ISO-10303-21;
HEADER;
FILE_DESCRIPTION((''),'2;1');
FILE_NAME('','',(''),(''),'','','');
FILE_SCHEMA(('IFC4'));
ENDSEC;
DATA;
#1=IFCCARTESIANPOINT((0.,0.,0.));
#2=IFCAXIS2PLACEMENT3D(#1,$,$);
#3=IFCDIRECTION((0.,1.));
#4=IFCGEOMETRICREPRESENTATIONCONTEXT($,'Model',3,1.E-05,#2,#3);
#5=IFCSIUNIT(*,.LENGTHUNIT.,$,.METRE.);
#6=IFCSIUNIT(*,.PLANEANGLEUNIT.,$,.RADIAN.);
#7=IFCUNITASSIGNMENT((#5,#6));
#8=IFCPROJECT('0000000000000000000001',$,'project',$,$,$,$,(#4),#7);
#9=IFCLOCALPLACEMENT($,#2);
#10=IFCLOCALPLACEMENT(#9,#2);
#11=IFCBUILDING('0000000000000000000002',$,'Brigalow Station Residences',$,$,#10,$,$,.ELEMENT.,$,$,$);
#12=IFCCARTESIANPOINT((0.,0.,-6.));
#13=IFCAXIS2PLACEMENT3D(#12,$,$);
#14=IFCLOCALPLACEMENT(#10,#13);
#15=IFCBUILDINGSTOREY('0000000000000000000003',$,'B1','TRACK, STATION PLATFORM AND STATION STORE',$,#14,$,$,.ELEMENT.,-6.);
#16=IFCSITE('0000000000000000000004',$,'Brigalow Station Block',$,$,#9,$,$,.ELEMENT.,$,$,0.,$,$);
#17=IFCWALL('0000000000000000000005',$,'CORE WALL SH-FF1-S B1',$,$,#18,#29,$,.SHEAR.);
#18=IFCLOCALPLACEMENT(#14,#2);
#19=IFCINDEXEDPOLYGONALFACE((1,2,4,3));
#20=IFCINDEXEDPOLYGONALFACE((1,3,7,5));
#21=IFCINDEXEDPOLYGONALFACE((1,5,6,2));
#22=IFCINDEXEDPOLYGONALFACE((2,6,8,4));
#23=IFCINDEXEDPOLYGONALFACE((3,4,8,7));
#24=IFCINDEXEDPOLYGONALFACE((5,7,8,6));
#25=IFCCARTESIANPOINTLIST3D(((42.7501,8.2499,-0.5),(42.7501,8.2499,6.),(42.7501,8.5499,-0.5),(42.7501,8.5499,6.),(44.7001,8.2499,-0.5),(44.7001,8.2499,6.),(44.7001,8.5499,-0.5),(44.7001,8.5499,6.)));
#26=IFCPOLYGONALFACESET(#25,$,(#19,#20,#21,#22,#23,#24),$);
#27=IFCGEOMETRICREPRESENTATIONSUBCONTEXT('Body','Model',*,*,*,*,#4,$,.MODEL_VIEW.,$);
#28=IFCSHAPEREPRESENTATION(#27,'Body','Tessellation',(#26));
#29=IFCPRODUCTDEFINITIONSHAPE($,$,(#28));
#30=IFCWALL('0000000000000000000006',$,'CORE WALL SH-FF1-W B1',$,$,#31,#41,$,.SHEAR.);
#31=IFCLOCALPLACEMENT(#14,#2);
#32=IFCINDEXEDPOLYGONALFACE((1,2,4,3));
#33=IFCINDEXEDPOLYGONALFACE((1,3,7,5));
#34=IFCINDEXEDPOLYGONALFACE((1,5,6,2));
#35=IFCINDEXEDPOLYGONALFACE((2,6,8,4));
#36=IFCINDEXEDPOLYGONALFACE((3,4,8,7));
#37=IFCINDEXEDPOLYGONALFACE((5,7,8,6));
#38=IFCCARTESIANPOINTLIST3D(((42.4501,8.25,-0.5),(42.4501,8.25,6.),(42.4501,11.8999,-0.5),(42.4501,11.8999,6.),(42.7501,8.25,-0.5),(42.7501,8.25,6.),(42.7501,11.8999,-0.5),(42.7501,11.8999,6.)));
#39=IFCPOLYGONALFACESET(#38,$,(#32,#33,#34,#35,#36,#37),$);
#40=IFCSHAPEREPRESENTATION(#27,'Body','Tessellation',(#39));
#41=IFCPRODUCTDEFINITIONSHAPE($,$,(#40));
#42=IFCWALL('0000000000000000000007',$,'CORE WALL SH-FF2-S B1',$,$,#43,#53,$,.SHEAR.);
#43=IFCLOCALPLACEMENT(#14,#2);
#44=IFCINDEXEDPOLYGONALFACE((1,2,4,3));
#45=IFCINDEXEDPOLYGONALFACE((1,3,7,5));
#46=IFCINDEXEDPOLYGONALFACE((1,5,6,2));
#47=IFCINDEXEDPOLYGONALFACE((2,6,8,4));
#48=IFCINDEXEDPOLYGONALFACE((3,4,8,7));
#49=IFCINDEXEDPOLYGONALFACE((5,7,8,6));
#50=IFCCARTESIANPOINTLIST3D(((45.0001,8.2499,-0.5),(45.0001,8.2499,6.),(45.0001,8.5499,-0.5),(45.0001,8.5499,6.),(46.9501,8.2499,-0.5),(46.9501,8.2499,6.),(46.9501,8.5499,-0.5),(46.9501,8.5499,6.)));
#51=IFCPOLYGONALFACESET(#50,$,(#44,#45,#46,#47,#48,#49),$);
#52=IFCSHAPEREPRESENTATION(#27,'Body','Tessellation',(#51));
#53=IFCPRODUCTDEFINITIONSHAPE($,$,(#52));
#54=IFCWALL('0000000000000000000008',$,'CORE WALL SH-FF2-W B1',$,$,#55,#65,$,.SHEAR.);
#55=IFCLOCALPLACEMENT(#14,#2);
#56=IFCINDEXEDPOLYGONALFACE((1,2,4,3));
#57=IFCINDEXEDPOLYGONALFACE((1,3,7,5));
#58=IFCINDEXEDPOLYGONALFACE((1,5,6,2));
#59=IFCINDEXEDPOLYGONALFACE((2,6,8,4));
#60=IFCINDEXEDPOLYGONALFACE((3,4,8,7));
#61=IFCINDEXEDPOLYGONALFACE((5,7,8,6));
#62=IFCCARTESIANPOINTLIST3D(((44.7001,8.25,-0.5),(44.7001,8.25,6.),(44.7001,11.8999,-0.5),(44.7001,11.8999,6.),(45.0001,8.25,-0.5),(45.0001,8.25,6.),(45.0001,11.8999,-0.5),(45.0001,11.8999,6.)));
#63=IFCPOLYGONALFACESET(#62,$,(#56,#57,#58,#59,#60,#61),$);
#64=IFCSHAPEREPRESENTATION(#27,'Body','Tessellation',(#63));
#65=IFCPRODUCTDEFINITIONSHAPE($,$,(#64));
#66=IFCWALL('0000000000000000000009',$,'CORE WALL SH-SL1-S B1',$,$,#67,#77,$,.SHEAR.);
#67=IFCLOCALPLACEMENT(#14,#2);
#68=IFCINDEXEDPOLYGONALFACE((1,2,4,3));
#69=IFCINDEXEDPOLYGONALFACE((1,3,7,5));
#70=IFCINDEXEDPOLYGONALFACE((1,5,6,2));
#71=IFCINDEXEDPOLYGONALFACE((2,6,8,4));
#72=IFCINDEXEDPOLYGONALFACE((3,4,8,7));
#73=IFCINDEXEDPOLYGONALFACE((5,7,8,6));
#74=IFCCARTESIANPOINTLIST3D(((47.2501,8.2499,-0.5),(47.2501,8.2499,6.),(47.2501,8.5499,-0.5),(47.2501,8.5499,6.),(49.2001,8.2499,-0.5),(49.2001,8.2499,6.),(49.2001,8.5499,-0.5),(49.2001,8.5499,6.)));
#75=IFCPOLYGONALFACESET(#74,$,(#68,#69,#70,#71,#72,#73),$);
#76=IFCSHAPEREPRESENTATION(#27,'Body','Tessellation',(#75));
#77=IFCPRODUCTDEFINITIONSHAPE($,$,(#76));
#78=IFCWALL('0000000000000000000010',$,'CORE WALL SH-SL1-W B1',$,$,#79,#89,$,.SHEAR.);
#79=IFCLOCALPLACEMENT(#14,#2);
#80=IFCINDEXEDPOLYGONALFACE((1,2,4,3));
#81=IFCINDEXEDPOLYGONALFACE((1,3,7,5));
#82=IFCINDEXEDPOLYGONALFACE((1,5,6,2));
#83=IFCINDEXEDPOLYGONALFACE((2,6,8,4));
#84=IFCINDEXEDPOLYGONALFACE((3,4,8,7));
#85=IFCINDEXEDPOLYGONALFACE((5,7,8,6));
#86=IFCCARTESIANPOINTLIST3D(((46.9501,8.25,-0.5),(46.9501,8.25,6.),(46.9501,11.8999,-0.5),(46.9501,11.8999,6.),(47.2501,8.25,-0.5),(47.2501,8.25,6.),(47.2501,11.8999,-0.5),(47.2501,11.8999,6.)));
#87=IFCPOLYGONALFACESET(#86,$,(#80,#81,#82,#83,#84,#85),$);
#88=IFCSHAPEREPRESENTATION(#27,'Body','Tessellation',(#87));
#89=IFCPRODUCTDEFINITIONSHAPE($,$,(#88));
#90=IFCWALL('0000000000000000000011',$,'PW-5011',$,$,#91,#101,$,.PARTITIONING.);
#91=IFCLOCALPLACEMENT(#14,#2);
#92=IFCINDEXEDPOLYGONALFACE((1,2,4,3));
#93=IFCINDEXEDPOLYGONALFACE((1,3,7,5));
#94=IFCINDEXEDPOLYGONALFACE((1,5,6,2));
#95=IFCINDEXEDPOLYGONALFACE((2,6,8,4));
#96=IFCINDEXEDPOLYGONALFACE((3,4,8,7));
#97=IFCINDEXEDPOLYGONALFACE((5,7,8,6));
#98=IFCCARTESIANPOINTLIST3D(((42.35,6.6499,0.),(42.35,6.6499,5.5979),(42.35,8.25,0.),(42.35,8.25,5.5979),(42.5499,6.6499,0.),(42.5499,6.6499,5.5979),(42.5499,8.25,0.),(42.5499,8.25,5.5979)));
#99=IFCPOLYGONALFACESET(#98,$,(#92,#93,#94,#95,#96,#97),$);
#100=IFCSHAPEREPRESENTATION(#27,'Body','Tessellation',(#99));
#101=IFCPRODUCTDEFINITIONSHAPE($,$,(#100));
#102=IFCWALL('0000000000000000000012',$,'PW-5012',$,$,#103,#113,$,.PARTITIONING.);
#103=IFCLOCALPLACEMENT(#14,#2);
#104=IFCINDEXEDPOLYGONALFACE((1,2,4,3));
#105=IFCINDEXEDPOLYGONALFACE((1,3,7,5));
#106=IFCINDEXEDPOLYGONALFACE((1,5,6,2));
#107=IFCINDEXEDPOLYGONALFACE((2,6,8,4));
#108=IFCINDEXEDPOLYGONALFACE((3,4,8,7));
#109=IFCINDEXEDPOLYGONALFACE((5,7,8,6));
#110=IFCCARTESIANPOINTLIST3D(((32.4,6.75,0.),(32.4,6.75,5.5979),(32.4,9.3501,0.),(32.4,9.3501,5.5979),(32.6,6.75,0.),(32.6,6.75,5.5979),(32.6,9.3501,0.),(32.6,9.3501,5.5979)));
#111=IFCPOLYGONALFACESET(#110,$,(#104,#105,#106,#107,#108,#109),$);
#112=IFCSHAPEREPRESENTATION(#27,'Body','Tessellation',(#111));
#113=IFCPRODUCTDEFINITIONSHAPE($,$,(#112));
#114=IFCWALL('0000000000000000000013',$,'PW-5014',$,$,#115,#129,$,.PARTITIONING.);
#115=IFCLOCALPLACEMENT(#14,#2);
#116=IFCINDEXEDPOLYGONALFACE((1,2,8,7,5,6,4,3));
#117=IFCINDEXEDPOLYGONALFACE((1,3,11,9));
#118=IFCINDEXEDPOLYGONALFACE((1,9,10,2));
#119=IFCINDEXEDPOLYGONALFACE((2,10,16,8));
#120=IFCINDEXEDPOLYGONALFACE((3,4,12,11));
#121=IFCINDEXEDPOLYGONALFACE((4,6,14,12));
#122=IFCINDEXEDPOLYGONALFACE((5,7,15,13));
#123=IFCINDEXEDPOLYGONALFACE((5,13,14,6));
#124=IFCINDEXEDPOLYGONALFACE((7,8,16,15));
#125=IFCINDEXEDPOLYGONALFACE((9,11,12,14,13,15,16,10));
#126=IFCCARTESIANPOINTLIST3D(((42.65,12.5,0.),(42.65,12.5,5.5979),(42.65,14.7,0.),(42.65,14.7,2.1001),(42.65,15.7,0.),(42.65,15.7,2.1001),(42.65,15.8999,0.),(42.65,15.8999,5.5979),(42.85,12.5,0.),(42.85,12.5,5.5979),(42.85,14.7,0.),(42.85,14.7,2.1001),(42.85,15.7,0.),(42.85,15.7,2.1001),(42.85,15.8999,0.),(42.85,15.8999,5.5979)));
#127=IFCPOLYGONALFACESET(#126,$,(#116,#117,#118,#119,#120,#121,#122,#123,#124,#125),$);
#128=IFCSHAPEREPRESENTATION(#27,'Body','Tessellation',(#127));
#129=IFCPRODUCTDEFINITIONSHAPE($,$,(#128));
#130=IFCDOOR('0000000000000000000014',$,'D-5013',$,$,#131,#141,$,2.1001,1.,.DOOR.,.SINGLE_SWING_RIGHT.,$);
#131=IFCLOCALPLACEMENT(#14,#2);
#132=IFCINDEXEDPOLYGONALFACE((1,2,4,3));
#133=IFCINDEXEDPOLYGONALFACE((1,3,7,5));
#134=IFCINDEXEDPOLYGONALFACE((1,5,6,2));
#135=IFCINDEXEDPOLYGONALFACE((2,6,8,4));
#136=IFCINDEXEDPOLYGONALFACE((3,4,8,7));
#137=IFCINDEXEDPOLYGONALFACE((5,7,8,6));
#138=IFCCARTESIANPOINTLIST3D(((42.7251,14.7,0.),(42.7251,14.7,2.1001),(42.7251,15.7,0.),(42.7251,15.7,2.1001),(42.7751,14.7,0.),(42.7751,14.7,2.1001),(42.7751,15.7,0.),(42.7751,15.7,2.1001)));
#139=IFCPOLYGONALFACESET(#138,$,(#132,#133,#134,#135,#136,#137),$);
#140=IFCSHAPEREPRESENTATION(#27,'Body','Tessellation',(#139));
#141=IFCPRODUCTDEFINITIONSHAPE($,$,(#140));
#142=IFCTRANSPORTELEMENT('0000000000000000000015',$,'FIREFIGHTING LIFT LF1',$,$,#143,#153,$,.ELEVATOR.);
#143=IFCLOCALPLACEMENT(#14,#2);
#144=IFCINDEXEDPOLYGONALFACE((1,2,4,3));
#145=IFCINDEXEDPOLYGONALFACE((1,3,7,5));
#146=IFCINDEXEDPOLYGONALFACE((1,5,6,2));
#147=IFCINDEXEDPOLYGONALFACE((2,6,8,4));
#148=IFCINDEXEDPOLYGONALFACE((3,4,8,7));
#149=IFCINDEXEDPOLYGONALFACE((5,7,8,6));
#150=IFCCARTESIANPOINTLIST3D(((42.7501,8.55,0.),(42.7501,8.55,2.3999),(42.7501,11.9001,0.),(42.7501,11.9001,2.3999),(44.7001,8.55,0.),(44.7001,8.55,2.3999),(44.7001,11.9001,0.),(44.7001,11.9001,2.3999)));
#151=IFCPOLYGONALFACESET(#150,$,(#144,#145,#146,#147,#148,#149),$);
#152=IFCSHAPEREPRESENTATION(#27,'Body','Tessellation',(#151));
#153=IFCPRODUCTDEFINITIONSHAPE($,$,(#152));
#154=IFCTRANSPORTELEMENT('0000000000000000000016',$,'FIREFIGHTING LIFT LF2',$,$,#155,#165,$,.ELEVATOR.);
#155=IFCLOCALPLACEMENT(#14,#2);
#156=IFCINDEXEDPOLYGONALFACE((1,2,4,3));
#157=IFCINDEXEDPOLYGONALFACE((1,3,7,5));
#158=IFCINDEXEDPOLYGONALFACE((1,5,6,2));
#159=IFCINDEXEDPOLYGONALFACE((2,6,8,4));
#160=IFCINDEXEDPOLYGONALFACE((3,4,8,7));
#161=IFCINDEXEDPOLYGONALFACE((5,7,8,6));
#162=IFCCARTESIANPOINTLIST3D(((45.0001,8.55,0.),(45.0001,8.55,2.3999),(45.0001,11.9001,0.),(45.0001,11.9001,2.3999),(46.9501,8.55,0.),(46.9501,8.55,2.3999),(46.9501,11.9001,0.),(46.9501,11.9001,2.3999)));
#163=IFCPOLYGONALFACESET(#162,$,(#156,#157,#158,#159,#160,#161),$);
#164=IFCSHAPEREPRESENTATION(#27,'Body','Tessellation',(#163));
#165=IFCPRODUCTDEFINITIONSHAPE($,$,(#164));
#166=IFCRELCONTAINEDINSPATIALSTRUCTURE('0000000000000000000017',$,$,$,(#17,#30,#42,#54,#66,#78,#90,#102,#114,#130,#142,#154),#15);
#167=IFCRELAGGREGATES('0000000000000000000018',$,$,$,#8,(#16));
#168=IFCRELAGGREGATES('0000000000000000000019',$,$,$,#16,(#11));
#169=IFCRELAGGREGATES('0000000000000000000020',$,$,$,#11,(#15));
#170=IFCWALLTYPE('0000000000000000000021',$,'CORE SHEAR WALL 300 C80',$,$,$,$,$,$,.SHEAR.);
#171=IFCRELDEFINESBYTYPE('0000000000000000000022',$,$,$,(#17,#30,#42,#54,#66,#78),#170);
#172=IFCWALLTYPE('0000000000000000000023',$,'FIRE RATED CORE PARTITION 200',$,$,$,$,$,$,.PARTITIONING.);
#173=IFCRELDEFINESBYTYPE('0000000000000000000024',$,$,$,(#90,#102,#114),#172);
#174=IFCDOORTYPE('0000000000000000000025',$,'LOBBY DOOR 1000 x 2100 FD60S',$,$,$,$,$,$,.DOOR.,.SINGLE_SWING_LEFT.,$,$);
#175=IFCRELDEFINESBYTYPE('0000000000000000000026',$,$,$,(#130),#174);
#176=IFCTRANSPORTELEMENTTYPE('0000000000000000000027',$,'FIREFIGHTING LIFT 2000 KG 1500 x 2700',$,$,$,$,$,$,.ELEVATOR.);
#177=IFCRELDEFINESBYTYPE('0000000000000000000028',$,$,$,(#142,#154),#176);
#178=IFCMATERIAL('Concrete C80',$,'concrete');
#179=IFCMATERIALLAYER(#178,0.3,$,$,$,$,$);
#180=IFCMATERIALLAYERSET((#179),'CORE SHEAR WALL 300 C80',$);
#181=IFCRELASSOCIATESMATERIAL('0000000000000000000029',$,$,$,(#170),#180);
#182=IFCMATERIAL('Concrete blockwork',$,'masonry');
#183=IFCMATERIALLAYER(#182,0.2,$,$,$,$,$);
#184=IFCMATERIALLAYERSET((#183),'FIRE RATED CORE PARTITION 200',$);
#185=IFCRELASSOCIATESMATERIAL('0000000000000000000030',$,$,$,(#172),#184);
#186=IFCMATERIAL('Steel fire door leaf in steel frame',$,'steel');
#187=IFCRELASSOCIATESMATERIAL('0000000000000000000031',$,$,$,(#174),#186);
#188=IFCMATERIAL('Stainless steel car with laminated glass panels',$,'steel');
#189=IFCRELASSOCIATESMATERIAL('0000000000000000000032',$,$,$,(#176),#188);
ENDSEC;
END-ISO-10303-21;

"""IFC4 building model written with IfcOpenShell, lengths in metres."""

from ifc_helpers import new_model, si_unit, direction, frame, frame_2d, origin, origin_2d, place, context, subcontext, project, spatial, rectangle, extrude, material, layer, layer_set, type_object, element, fill, save


model = new_model("IFC4")

# Units and contexts
model_context = context("Model", 3, precision=1e-05, world=origin(), true_north=direction((0.0, 1.0)))
body_context = subcontext(model_context, "Body", "Model", "MODEL_VIEW")
ifc_project = project(units=[si_unit("LENGTHUNIT", "METRE"), si_unit("PLANEANGLEUNIT", "RADIAN")], contexts=[model_context])

# Site, building, storey
site_placement = place(None, origin())
site = spatial("IfcSite", under=ifc_project, at=site_placement, Name="Brigalow Station Block", CompositionType="ELEMENT", RefElevation=0.0)
building_placement = place(site_placement, origin())
building = spatial("IfcBuilding", under=site, at=building_placement, Name="Brigalow Station Residences", CompositionType="ELEMENT")
storey_placement = place(building_placement, frame((0.0, 0.0, -6.0)))
storey = spatial("IfcBuildingStorey", under=building, at=storey_placement, Name="B1", Description="TRACK, STATION PLATFORM AND STATION STORE", CompositionType="ELEMENT", Elevation=-6.0)

# Walls
ifc_material_1 = material(Name="Concrete C80", Category="concrete")
ifc_layer_1 = layer(ifc_material_1, 0.3)
ifc_layer_set_1 = layer_set([ifc_layer_1], Name="CORE SHEAR WALL 300 C80")
wall_type_1 = type_object("IfcWallType", Name="CORE SHEAR WALL 300 C80", PredefinedType="SHEAR", material=ifc_layer_set_1)
wall_1_placement = place(storey_placement, frame((42.75, 8.3999, -0.5), z_axis=(0.0, 0.0, 1.0), x_axis=(1.0, 0.0, 0.0)))
element("IfcWall", 1, at=wall_1_placement, inside=storey, type_object=wall_type_1, Name="CORE WALL SH-FF1-S B1", PredefinedType="SHEAR", context=body_context, shape_type="SweptSolid", body=[
    extrude(rectangle(XDim=1.95, YDim=0.3, at=frame_2d((0.9751, 0.0))), origin(), (0.0, 0.0, 1.0), 6.5),
])
wall_2_placement = place(storey_placement, frame((42.6001, 8.25, -0.5), z_axis=(0.0, 0.0, 1.0), x_axis=(0.0, 1.0, 0.0)))
element("IfcWall", 2, at=wall_2_placement, inside=storey, type_object=wall_type_1, Name="CORE WALL SH-FF1-W B1", PredefinedType="SHEAR", context=body_context, shape_type="SweptSolid", body=[
    extrude(rectangle(XDim=3.6499, YDim=0.3, at=frame_2d((1.825, 0.0))), origin(), (0.0, 0.0, 1.0), 6.5),
])
wall_3_placement = place(storey_placement, frame((45.0, 8.3999, -0.5), z_axis=(0.0, 0.0, 1.0), x_axis=(1.0, 0.0, 0.0)))
element("IfcWall", 3, at=wall_3_placement, inside=storey, type_object=wall_type_1, Name="CORE WALL SH-FF2-S B1", PredefinedType="SHEAR", context=body_context, shape_type="SweptSolid", body=[
    extrude(rectangle(XDim=1.95, YDim=0.3, at=frame_2d((0.9751, 0.0))), origin(), (0.0, 0.0, 1.0), 6.5),
])
wall_4_placement = place(storey_placement, frame((44.8501, 8.25, -0.5), z_axis=(0.0, 0.0, 1.0), x_axis=(0.0, 1.0, 0.0)))
element("IfcWall", 4, at=wall_4_placement, inside=storey, type_object=wall_type_1, Name="CORE WALL SH-FF2-W B1", PredefinedType="SHEAR", context=body_context, shape_type="SweptSolid", body=[
    extrude(rectangle(XDim=3.6499, YDim=0.3, at=frame_2d((1.825, 0.0))), origin(), (0.0, 0.0, 1.0), 6.5),
])
wall_5_placement = place(storey_placement, frame((47.25, 8.3999, -0.5), z_axis=(0.0, 0.0, 1.0), x_axis=(1.0, 0.0, 0.0)))
element("IfcWall", 5, at=wall_5_placement, inside=storey, type_object=wall_type_1, Name="CORE WALL SH-SL1-S B1", PredefinedType="SHEAR", context=body_context, shape_type="SweptSolid", body=[
    extrude(rectangle(XDim=1.95, YDim=0.3, at=frame_2d((0.9751, 0.0))), origin(), (0.0, 0.0, 1.0), 6.5),
])
wall_6_placement = place(storey_placement, frame((47.1001, 8.25, -0.5), z_axis=(0.0, 0.0, 1.0), x_axis=(0.0, 1.0, 0.0)))
element("IfcWall", 6, at=wall_6_placement, inside=storey, type_object=wall_type_1, Name="CORE WALL SH-SL1-W B1", PredefinedType="SHEAR", context=body_context, shape_type="SweptSolid", body=[
    extrude(rectangle(XDim=3.6499, YDim=0.3, at=frame_2d((1.825, 0.0))), origin(), (0.0, 0.0, 1.0), 6.5),
])
ifc_material_2 = material(Name="Concrete blockwork", Category="masonry")
ifc_layer_2 = layer(ifc_material_2, 0.2)
ifc_layer_set_2 = layer_set([ifc_layer_2], Name="FIRE RATED CORE PARTITION 200")
wall_type_2 = type_object("IfcWallType", Name="FIRE RATED CORE PARTITION 200", PredefinedType="PARTITIONING", material=ifc_layer_set_2)
wall_7_placement = place(storey_placement, frame((42.45, 6.6499, 0.0), z_axis=(0.0, 0.0, 1.0), x_axis=(0.0, 1.0, 0.0)))
element("IfcWall", 7, at=wall_7_placement, inside=storey, type_object=wall_type_2, Name="PW-5011", PredefinedType="PARTITIONING", context=body_context, shape_type="SweptSolid", body=[
    extrude(rectangle(XDim=1.6001, YDim=0.2, at=frame_2d((0.8, 0.0))), origin(), (0.0, 0.0, 1.0), 5.5979),
])
wall_8_placement = place(storey_placement, frame((32.5, 6.75, 0.0), z_axis=(0.0, 0.0, 1.0), x_axis=(0.0, 1.0, 0.0)))
element("IfcWall", 8, at=wall_8_placement, inside=storey, type_object=wall_type_2, Name="PW-5012", PredefinedType="PARTITIONING", context=body_context, shape_type="SweptSolid", body=[
    extrude(rectangle(XDim=2.6001, YDim=0.2, at=frame_2d((1.3, 0.0))), origin(), (0.0, 0.0, 1.0), 5.5979),
])

# Wall, opening, door
wall_9_placement = place(storey_placement, frame((42.75, 12.5, 0.0), z_axis=(0.0, 0.0, 1.0), x_axis=(0.0, 1.0, 0.0)))
wall_9 = element("IfcWall", 9, at=wall_9_placement, inside=storey, type_object=wall_type_2, Name="PW-5014", PredefinedType="PARTITIONING", context=body_context, shape_type="SweptSolid", body=[
    extrude(rectangle(XDim=3.3999, YDim=0.2, at=frame_2d((1.7, 0.0))), origin(), (0.0, 0.0, 1.0), 5.5979),
])
opening_placement = place(wall_9_placement, frame((2.2, 0.0, 0.0)))
opening = element("IfcOpeningElement", 10, at=opening_placement, cuts=wall_9, PredefinedType="OPENING", context=body_context, shape_type="SweptSolid", body=[
    extrude(rectangle(XDim=1.0, YDim=2.1001, at=frame_2d((0.5, 1.05))), frame((0.0, 0.1099, 0.0), z_axis=(0.0, -1.0, 0.0), x_axis=(1.0, 0.0, 0.0)), (0.0, 0.0, 1.0), 0.22),
])
ifc_material_3 = material(Name="Steel fire door leaf in steel frame", Category="steel")
door_type = type_object("IfcDoorType", Name="LOBBY DOOR 1000 x 2100 FD60S", OperationType="SINGLE_SWING_LEFT", PredefinedType="DOOR", material=ifc_material_3)
door_placement = place(opening_placement, origin())
door = element("IfcDoor", 11, at=door_placement, inside=storey, type_object=door_type, Name="D-5013", OperationType="SINGLE_SWING_RIGHT", OverallHeight=2.1001, OverallWidth=1.0, PredefinedType="DOOR", context=body_context, shape_type="SweptSolid", body=[
    extrude(rectangle(XDim=1.0, YDim=2.1001, at=frame_2d((0.5, 1.05))), frame((0.0, 0.0249, 0.0), z_axis=(0.0, -1.0, 0.0), x_axis=(1.0, 0.0, 0.0)), (0.0, 0.0, 1.0), 0.05),
])
fill(opening, door)

# Transport elements
ifc_material_4 = material(Name="Stainless steel car with laminated glass panels", Category="steel")
transport_element_type = type_object("IfcTransportElementType", Name="FIREFIGHTING LIFT 2000 KG 1500 x 2700", PredefinedType="ELEVATOR", material=ifc_material_4)
for number, where, z_axis, x_axis, name in (
    (12, (43.7251, 10.2251, 0.0), (0.0, 0.0, 1.0), (1.0, 0.0, 0.0), "FIREFIGHTING LIFT LF1"),
    (13, (45.9751, 10.2251, 0.0), (0.0, 0.0, 1.0), (1.0, 0.0, 0.0), "FIREFIGHTING LIFT LF2"),
):
    element("IfcTransportElement", number, at=place(storey_placement, frame(where, z_axis=z_axis, x_axis=x_axis)), inside=storey, type_object=transport_element_type, Name=name, PredefinedType="ELEVATOR", context=body_context, shape_type="SweptSolid", body=[
        extrude(rectangle(XDim=1.95, YDim=3.3501, at=origin_2d()), origin(), (0.0, 0.0, 1.0), 2.3999),
    ])

save(model, "model.ifc")
